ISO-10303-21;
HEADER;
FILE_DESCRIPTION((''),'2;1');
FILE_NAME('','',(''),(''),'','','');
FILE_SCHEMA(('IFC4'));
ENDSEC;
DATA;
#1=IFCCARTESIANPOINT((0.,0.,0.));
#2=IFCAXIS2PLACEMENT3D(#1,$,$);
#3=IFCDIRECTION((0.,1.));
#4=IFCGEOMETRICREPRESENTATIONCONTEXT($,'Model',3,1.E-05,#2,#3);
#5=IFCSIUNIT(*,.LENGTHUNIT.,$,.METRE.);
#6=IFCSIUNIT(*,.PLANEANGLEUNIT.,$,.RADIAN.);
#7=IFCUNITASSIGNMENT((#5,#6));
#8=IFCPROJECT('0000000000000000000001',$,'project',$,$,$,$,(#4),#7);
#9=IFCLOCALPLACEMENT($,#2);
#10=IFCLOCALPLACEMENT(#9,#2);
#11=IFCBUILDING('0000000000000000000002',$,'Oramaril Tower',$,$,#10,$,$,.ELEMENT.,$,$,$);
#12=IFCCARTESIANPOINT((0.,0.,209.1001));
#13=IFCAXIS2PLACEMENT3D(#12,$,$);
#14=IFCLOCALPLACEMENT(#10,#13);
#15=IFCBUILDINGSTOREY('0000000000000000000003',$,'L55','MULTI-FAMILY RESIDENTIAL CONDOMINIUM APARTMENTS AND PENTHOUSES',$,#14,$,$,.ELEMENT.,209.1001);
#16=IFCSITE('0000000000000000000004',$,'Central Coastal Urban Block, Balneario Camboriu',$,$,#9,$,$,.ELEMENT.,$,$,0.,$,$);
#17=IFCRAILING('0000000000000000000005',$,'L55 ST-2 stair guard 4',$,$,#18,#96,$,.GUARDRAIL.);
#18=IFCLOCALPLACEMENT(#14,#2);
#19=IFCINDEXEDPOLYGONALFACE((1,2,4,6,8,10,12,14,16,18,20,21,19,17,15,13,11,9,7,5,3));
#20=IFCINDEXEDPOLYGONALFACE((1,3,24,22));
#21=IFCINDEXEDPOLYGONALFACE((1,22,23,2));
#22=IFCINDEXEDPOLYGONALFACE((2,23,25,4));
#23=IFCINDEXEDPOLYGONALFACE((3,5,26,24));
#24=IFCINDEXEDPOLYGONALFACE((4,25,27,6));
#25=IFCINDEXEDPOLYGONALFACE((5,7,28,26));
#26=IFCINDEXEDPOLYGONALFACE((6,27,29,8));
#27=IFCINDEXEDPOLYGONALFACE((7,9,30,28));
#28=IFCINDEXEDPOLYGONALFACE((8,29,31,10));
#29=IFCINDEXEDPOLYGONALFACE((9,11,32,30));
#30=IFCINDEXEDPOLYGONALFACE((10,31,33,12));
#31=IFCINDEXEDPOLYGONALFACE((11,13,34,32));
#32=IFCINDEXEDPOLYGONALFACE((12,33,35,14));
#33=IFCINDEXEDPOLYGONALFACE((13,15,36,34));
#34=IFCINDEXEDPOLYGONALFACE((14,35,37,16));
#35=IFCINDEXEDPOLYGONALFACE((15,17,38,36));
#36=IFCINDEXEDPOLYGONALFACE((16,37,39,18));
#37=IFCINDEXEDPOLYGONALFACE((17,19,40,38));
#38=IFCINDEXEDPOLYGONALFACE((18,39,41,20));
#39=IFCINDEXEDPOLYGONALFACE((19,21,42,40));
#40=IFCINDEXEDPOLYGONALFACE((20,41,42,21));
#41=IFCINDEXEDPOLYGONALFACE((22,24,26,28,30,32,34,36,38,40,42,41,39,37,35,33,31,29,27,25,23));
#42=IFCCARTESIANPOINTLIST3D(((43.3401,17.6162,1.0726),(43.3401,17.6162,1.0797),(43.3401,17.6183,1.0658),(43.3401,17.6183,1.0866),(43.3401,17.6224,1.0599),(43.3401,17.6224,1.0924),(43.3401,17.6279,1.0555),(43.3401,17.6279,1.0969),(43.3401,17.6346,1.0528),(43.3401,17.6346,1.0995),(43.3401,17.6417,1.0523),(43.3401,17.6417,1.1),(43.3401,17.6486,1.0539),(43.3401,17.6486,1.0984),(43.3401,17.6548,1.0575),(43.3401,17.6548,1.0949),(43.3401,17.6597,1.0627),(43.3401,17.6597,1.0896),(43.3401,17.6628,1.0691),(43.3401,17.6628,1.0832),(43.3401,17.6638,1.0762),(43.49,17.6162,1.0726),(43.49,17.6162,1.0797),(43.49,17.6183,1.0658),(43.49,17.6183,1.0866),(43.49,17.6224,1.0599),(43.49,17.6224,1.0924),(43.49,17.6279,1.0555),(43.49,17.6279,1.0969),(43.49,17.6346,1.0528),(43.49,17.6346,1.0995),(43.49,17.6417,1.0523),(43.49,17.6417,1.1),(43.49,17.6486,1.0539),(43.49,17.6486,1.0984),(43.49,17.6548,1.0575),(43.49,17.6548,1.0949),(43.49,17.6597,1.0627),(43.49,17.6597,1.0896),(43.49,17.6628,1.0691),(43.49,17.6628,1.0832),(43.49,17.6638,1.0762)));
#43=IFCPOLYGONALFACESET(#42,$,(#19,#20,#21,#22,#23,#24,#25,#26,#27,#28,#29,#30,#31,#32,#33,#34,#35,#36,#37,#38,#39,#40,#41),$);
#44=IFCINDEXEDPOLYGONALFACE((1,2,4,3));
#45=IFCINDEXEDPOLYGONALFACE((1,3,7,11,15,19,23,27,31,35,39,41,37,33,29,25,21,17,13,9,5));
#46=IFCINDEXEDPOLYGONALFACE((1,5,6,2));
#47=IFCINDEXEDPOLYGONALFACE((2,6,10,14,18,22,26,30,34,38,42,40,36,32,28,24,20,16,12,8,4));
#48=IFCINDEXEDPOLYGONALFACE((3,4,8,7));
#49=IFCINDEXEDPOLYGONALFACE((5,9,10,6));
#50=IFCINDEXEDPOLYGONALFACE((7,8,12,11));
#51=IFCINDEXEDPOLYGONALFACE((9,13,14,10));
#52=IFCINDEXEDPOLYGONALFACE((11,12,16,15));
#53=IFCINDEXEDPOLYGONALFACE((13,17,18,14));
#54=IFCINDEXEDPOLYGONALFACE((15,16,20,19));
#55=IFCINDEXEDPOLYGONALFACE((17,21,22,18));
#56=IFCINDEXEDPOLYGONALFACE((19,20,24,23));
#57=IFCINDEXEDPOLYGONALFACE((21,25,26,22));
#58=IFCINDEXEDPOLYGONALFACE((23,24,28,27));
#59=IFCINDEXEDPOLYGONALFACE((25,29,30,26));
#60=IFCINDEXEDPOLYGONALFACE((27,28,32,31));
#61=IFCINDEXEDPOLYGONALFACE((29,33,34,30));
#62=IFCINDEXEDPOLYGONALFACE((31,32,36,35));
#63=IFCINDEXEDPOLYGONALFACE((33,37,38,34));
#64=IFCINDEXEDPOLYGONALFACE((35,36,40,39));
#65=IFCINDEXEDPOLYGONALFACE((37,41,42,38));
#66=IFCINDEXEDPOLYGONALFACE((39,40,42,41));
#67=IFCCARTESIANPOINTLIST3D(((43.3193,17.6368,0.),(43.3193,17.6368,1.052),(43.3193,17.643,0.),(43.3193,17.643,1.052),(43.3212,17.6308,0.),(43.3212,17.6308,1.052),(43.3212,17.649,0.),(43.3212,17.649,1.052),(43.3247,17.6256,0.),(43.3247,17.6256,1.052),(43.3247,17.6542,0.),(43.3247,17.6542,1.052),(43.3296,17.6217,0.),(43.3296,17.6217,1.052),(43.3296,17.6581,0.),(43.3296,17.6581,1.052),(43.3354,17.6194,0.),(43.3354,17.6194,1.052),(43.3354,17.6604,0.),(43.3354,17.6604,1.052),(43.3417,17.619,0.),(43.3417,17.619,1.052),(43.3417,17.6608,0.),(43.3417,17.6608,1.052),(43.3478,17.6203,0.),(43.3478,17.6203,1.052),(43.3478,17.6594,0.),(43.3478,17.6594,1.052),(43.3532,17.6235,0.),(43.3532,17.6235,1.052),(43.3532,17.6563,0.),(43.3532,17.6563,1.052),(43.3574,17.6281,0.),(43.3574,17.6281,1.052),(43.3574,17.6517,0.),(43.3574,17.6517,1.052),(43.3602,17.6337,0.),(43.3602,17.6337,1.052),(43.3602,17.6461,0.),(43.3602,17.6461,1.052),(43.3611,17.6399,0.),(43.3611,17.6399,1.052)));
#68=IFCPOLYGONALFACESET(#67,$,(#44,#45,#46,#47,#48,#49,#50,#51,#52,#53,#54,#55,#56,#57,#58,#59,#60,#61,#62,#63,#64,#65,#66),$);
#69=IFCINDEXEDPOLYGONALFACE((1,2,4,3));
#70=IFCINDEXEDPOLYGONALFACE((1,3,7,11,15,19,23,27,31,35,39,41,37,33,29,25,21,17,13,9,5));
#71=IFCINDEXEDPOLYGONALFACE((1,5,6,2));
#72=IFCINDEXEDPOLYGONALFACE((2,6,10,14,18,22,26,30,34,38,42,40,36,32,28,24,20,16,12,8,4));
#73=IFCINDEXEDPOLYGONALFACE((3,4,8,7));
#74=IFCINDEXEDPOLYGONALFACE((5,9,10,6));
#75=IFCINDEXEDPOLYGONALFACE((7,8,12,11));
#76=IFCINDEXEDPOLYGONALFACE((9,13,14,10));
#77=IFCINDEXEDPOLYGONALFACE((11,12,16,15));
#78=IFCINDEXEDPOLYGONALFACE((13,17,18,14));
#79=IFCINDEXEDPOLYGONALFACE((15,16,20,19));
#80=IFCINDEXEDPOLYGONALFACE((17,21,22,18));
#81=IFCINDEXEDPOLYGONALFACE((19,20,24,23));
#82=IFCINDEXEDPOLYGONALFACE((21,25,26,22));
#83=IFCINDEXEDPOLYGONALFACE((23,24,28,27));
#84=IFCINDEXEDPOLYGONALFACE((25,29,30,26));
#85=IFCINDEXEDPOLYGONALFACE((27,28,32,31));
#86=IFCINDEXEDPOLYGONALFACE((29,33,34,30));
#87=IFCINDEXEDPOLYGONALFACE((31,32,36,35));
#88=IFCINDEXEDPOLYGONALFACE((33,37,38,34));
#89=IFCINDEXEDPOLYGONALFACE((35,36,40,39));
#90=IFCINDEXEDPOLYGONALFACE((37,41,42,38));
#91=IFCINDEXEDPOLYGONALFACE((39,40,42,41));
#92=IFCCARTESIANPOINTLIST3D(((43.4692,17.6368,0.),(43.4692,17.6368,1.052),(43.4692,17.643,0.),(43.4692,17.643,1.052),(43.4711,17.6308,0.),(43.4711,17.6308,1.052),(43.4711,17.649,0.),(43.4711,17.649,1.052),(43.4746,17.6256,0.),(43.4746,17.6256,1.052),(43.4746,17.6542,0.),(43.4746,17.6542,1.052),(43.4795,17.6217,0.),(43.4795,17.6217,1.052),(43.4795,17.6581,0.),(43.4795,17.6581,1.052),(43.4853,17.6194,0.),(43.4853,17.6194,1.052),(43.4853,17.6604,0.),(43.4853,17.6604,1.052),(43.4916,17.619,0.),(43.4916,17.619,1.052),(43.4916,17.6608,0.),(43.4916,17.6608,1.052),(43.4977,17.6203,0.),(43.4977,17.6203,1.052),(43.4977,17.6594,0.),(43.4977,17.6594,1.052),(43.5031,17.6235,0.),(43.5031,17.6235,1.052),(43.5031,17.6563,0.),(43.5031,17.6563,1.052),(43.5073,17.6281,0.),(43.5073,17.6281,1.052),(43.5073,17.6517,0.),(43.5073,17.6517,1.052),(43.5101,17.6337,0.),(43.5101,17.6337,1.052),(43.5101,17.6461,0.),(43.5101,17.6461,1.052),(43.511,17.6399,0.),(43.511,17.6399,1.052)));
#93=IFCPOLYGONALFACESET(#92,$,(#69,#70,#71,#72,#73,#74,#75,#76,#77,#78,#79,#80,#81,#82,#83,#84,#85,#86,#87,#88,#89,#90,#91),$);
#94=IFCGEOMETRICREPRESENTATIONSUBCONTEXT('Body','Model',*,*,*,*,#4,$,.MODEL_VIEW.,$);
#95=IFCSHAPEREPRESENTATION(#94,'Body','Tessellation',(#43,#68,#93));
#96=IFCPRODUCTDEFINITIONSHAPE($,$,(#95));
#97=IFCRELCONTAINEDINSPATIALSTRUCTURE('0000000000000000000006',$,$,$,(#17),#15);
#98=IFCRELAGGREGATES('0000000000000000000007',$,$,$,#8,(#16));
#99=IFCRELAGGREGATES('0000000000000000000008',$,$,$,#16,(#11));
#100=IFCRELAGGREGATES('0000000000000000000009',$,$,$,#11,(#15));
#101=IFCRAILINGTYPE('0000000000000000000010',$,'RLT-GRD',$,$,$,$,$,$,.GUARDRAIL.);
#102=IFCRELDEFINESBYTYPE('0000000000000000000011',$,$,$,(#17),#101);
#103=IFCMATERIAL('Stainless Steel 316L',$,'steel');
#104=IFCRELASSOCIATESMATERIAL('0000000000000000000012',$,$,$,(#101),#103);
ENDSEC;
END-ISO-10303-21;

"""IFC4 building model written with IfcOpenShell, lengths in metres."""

from ifc_helpers import new_model, si_unit, direction, frame, origin, origin_2d, place, context, subcontext, project, spatial, circle, extrude, material, type_object, element, save


model = new_model("IFC4")

# Units and contexts
model_context = context("Model", 3, precision=1e-05, world=origin(), true_north=direction((0.0, 1.0)))
body_context = subcontext(model_context, "Body", "Model", "MODEL_VIEW")
ifc_project = project(units=[si_unit("LENGTHUNIT", "METRE"), si_unit("PLANEANGLEUNIT", "RADIAN")], contexts=[model_context])

# Site, building, storey
site_placement = place(None, origin())
site = spatial("IfcSite", under=ifc_project, at=site_placement, Name="Central Coastal Urban Block, Balneario Camboriu", CompositionType="ELEMENT", RefElevation=0.0)
building_placement = place(site_placement, origin())
building = spatial("IfcBuilding", under=site, at=building_placement, Name="Oramaril Tower", CompositionType="ELEMENT")
storey_placement = place(building_placement, frame((0.0, 0.0, 209.1001)))
storey = spatial("IfcBuildingStorey", under=building, at=storey_placement, Name="L55", Description="MULTI-FAMILY RESIDENTIAL CONDOMINIUM APARTMENTS AND PENTHOUSES", CompositionType="ELEMENT", Elevation=209.1001)

# Railing
ifc_material_1 = material(Name="Stainless Steel 316L", Category="steel")
railing_type_1 = type_object("IfcRailingType", Name="RLT-GRD", PredefinedType="GUARDRAIL", material=ifc_material_1)
railing_1_placement = place(storey_placement, frame((43.3401, 17.6399, 0.0)))
element("IfcRailing", 1, at=railing_1_placement, inside=storey, type_object=railing_type_1, Name="L55 ST-2 stair guard 4", PredefinedType="GUARDRAIL", context=body_context, shape_type="SweptSolid", body=[
    extrude(circle(Radius=0.0239, at=origin_2d()), frame((0.0, 0.0, 1.0762), z_axis=(1.0, 0.0, 0.0), x_axis=(0.0, 1.0, 0.0)), (0.0, 0.0, 1.0), 0.1499),
    extrude(circle(Radius=0.021, at=origin_2d()), origin(), (0.0, 0.0, 1.0), 1.052),
    extrude(circle(Radius=0.021, at=origin_2d()), frame((0.1499, 0.0, 0.0)), (0.0, 0.0, 1.0), 1.052),
])

save(model, "model.ifc")
